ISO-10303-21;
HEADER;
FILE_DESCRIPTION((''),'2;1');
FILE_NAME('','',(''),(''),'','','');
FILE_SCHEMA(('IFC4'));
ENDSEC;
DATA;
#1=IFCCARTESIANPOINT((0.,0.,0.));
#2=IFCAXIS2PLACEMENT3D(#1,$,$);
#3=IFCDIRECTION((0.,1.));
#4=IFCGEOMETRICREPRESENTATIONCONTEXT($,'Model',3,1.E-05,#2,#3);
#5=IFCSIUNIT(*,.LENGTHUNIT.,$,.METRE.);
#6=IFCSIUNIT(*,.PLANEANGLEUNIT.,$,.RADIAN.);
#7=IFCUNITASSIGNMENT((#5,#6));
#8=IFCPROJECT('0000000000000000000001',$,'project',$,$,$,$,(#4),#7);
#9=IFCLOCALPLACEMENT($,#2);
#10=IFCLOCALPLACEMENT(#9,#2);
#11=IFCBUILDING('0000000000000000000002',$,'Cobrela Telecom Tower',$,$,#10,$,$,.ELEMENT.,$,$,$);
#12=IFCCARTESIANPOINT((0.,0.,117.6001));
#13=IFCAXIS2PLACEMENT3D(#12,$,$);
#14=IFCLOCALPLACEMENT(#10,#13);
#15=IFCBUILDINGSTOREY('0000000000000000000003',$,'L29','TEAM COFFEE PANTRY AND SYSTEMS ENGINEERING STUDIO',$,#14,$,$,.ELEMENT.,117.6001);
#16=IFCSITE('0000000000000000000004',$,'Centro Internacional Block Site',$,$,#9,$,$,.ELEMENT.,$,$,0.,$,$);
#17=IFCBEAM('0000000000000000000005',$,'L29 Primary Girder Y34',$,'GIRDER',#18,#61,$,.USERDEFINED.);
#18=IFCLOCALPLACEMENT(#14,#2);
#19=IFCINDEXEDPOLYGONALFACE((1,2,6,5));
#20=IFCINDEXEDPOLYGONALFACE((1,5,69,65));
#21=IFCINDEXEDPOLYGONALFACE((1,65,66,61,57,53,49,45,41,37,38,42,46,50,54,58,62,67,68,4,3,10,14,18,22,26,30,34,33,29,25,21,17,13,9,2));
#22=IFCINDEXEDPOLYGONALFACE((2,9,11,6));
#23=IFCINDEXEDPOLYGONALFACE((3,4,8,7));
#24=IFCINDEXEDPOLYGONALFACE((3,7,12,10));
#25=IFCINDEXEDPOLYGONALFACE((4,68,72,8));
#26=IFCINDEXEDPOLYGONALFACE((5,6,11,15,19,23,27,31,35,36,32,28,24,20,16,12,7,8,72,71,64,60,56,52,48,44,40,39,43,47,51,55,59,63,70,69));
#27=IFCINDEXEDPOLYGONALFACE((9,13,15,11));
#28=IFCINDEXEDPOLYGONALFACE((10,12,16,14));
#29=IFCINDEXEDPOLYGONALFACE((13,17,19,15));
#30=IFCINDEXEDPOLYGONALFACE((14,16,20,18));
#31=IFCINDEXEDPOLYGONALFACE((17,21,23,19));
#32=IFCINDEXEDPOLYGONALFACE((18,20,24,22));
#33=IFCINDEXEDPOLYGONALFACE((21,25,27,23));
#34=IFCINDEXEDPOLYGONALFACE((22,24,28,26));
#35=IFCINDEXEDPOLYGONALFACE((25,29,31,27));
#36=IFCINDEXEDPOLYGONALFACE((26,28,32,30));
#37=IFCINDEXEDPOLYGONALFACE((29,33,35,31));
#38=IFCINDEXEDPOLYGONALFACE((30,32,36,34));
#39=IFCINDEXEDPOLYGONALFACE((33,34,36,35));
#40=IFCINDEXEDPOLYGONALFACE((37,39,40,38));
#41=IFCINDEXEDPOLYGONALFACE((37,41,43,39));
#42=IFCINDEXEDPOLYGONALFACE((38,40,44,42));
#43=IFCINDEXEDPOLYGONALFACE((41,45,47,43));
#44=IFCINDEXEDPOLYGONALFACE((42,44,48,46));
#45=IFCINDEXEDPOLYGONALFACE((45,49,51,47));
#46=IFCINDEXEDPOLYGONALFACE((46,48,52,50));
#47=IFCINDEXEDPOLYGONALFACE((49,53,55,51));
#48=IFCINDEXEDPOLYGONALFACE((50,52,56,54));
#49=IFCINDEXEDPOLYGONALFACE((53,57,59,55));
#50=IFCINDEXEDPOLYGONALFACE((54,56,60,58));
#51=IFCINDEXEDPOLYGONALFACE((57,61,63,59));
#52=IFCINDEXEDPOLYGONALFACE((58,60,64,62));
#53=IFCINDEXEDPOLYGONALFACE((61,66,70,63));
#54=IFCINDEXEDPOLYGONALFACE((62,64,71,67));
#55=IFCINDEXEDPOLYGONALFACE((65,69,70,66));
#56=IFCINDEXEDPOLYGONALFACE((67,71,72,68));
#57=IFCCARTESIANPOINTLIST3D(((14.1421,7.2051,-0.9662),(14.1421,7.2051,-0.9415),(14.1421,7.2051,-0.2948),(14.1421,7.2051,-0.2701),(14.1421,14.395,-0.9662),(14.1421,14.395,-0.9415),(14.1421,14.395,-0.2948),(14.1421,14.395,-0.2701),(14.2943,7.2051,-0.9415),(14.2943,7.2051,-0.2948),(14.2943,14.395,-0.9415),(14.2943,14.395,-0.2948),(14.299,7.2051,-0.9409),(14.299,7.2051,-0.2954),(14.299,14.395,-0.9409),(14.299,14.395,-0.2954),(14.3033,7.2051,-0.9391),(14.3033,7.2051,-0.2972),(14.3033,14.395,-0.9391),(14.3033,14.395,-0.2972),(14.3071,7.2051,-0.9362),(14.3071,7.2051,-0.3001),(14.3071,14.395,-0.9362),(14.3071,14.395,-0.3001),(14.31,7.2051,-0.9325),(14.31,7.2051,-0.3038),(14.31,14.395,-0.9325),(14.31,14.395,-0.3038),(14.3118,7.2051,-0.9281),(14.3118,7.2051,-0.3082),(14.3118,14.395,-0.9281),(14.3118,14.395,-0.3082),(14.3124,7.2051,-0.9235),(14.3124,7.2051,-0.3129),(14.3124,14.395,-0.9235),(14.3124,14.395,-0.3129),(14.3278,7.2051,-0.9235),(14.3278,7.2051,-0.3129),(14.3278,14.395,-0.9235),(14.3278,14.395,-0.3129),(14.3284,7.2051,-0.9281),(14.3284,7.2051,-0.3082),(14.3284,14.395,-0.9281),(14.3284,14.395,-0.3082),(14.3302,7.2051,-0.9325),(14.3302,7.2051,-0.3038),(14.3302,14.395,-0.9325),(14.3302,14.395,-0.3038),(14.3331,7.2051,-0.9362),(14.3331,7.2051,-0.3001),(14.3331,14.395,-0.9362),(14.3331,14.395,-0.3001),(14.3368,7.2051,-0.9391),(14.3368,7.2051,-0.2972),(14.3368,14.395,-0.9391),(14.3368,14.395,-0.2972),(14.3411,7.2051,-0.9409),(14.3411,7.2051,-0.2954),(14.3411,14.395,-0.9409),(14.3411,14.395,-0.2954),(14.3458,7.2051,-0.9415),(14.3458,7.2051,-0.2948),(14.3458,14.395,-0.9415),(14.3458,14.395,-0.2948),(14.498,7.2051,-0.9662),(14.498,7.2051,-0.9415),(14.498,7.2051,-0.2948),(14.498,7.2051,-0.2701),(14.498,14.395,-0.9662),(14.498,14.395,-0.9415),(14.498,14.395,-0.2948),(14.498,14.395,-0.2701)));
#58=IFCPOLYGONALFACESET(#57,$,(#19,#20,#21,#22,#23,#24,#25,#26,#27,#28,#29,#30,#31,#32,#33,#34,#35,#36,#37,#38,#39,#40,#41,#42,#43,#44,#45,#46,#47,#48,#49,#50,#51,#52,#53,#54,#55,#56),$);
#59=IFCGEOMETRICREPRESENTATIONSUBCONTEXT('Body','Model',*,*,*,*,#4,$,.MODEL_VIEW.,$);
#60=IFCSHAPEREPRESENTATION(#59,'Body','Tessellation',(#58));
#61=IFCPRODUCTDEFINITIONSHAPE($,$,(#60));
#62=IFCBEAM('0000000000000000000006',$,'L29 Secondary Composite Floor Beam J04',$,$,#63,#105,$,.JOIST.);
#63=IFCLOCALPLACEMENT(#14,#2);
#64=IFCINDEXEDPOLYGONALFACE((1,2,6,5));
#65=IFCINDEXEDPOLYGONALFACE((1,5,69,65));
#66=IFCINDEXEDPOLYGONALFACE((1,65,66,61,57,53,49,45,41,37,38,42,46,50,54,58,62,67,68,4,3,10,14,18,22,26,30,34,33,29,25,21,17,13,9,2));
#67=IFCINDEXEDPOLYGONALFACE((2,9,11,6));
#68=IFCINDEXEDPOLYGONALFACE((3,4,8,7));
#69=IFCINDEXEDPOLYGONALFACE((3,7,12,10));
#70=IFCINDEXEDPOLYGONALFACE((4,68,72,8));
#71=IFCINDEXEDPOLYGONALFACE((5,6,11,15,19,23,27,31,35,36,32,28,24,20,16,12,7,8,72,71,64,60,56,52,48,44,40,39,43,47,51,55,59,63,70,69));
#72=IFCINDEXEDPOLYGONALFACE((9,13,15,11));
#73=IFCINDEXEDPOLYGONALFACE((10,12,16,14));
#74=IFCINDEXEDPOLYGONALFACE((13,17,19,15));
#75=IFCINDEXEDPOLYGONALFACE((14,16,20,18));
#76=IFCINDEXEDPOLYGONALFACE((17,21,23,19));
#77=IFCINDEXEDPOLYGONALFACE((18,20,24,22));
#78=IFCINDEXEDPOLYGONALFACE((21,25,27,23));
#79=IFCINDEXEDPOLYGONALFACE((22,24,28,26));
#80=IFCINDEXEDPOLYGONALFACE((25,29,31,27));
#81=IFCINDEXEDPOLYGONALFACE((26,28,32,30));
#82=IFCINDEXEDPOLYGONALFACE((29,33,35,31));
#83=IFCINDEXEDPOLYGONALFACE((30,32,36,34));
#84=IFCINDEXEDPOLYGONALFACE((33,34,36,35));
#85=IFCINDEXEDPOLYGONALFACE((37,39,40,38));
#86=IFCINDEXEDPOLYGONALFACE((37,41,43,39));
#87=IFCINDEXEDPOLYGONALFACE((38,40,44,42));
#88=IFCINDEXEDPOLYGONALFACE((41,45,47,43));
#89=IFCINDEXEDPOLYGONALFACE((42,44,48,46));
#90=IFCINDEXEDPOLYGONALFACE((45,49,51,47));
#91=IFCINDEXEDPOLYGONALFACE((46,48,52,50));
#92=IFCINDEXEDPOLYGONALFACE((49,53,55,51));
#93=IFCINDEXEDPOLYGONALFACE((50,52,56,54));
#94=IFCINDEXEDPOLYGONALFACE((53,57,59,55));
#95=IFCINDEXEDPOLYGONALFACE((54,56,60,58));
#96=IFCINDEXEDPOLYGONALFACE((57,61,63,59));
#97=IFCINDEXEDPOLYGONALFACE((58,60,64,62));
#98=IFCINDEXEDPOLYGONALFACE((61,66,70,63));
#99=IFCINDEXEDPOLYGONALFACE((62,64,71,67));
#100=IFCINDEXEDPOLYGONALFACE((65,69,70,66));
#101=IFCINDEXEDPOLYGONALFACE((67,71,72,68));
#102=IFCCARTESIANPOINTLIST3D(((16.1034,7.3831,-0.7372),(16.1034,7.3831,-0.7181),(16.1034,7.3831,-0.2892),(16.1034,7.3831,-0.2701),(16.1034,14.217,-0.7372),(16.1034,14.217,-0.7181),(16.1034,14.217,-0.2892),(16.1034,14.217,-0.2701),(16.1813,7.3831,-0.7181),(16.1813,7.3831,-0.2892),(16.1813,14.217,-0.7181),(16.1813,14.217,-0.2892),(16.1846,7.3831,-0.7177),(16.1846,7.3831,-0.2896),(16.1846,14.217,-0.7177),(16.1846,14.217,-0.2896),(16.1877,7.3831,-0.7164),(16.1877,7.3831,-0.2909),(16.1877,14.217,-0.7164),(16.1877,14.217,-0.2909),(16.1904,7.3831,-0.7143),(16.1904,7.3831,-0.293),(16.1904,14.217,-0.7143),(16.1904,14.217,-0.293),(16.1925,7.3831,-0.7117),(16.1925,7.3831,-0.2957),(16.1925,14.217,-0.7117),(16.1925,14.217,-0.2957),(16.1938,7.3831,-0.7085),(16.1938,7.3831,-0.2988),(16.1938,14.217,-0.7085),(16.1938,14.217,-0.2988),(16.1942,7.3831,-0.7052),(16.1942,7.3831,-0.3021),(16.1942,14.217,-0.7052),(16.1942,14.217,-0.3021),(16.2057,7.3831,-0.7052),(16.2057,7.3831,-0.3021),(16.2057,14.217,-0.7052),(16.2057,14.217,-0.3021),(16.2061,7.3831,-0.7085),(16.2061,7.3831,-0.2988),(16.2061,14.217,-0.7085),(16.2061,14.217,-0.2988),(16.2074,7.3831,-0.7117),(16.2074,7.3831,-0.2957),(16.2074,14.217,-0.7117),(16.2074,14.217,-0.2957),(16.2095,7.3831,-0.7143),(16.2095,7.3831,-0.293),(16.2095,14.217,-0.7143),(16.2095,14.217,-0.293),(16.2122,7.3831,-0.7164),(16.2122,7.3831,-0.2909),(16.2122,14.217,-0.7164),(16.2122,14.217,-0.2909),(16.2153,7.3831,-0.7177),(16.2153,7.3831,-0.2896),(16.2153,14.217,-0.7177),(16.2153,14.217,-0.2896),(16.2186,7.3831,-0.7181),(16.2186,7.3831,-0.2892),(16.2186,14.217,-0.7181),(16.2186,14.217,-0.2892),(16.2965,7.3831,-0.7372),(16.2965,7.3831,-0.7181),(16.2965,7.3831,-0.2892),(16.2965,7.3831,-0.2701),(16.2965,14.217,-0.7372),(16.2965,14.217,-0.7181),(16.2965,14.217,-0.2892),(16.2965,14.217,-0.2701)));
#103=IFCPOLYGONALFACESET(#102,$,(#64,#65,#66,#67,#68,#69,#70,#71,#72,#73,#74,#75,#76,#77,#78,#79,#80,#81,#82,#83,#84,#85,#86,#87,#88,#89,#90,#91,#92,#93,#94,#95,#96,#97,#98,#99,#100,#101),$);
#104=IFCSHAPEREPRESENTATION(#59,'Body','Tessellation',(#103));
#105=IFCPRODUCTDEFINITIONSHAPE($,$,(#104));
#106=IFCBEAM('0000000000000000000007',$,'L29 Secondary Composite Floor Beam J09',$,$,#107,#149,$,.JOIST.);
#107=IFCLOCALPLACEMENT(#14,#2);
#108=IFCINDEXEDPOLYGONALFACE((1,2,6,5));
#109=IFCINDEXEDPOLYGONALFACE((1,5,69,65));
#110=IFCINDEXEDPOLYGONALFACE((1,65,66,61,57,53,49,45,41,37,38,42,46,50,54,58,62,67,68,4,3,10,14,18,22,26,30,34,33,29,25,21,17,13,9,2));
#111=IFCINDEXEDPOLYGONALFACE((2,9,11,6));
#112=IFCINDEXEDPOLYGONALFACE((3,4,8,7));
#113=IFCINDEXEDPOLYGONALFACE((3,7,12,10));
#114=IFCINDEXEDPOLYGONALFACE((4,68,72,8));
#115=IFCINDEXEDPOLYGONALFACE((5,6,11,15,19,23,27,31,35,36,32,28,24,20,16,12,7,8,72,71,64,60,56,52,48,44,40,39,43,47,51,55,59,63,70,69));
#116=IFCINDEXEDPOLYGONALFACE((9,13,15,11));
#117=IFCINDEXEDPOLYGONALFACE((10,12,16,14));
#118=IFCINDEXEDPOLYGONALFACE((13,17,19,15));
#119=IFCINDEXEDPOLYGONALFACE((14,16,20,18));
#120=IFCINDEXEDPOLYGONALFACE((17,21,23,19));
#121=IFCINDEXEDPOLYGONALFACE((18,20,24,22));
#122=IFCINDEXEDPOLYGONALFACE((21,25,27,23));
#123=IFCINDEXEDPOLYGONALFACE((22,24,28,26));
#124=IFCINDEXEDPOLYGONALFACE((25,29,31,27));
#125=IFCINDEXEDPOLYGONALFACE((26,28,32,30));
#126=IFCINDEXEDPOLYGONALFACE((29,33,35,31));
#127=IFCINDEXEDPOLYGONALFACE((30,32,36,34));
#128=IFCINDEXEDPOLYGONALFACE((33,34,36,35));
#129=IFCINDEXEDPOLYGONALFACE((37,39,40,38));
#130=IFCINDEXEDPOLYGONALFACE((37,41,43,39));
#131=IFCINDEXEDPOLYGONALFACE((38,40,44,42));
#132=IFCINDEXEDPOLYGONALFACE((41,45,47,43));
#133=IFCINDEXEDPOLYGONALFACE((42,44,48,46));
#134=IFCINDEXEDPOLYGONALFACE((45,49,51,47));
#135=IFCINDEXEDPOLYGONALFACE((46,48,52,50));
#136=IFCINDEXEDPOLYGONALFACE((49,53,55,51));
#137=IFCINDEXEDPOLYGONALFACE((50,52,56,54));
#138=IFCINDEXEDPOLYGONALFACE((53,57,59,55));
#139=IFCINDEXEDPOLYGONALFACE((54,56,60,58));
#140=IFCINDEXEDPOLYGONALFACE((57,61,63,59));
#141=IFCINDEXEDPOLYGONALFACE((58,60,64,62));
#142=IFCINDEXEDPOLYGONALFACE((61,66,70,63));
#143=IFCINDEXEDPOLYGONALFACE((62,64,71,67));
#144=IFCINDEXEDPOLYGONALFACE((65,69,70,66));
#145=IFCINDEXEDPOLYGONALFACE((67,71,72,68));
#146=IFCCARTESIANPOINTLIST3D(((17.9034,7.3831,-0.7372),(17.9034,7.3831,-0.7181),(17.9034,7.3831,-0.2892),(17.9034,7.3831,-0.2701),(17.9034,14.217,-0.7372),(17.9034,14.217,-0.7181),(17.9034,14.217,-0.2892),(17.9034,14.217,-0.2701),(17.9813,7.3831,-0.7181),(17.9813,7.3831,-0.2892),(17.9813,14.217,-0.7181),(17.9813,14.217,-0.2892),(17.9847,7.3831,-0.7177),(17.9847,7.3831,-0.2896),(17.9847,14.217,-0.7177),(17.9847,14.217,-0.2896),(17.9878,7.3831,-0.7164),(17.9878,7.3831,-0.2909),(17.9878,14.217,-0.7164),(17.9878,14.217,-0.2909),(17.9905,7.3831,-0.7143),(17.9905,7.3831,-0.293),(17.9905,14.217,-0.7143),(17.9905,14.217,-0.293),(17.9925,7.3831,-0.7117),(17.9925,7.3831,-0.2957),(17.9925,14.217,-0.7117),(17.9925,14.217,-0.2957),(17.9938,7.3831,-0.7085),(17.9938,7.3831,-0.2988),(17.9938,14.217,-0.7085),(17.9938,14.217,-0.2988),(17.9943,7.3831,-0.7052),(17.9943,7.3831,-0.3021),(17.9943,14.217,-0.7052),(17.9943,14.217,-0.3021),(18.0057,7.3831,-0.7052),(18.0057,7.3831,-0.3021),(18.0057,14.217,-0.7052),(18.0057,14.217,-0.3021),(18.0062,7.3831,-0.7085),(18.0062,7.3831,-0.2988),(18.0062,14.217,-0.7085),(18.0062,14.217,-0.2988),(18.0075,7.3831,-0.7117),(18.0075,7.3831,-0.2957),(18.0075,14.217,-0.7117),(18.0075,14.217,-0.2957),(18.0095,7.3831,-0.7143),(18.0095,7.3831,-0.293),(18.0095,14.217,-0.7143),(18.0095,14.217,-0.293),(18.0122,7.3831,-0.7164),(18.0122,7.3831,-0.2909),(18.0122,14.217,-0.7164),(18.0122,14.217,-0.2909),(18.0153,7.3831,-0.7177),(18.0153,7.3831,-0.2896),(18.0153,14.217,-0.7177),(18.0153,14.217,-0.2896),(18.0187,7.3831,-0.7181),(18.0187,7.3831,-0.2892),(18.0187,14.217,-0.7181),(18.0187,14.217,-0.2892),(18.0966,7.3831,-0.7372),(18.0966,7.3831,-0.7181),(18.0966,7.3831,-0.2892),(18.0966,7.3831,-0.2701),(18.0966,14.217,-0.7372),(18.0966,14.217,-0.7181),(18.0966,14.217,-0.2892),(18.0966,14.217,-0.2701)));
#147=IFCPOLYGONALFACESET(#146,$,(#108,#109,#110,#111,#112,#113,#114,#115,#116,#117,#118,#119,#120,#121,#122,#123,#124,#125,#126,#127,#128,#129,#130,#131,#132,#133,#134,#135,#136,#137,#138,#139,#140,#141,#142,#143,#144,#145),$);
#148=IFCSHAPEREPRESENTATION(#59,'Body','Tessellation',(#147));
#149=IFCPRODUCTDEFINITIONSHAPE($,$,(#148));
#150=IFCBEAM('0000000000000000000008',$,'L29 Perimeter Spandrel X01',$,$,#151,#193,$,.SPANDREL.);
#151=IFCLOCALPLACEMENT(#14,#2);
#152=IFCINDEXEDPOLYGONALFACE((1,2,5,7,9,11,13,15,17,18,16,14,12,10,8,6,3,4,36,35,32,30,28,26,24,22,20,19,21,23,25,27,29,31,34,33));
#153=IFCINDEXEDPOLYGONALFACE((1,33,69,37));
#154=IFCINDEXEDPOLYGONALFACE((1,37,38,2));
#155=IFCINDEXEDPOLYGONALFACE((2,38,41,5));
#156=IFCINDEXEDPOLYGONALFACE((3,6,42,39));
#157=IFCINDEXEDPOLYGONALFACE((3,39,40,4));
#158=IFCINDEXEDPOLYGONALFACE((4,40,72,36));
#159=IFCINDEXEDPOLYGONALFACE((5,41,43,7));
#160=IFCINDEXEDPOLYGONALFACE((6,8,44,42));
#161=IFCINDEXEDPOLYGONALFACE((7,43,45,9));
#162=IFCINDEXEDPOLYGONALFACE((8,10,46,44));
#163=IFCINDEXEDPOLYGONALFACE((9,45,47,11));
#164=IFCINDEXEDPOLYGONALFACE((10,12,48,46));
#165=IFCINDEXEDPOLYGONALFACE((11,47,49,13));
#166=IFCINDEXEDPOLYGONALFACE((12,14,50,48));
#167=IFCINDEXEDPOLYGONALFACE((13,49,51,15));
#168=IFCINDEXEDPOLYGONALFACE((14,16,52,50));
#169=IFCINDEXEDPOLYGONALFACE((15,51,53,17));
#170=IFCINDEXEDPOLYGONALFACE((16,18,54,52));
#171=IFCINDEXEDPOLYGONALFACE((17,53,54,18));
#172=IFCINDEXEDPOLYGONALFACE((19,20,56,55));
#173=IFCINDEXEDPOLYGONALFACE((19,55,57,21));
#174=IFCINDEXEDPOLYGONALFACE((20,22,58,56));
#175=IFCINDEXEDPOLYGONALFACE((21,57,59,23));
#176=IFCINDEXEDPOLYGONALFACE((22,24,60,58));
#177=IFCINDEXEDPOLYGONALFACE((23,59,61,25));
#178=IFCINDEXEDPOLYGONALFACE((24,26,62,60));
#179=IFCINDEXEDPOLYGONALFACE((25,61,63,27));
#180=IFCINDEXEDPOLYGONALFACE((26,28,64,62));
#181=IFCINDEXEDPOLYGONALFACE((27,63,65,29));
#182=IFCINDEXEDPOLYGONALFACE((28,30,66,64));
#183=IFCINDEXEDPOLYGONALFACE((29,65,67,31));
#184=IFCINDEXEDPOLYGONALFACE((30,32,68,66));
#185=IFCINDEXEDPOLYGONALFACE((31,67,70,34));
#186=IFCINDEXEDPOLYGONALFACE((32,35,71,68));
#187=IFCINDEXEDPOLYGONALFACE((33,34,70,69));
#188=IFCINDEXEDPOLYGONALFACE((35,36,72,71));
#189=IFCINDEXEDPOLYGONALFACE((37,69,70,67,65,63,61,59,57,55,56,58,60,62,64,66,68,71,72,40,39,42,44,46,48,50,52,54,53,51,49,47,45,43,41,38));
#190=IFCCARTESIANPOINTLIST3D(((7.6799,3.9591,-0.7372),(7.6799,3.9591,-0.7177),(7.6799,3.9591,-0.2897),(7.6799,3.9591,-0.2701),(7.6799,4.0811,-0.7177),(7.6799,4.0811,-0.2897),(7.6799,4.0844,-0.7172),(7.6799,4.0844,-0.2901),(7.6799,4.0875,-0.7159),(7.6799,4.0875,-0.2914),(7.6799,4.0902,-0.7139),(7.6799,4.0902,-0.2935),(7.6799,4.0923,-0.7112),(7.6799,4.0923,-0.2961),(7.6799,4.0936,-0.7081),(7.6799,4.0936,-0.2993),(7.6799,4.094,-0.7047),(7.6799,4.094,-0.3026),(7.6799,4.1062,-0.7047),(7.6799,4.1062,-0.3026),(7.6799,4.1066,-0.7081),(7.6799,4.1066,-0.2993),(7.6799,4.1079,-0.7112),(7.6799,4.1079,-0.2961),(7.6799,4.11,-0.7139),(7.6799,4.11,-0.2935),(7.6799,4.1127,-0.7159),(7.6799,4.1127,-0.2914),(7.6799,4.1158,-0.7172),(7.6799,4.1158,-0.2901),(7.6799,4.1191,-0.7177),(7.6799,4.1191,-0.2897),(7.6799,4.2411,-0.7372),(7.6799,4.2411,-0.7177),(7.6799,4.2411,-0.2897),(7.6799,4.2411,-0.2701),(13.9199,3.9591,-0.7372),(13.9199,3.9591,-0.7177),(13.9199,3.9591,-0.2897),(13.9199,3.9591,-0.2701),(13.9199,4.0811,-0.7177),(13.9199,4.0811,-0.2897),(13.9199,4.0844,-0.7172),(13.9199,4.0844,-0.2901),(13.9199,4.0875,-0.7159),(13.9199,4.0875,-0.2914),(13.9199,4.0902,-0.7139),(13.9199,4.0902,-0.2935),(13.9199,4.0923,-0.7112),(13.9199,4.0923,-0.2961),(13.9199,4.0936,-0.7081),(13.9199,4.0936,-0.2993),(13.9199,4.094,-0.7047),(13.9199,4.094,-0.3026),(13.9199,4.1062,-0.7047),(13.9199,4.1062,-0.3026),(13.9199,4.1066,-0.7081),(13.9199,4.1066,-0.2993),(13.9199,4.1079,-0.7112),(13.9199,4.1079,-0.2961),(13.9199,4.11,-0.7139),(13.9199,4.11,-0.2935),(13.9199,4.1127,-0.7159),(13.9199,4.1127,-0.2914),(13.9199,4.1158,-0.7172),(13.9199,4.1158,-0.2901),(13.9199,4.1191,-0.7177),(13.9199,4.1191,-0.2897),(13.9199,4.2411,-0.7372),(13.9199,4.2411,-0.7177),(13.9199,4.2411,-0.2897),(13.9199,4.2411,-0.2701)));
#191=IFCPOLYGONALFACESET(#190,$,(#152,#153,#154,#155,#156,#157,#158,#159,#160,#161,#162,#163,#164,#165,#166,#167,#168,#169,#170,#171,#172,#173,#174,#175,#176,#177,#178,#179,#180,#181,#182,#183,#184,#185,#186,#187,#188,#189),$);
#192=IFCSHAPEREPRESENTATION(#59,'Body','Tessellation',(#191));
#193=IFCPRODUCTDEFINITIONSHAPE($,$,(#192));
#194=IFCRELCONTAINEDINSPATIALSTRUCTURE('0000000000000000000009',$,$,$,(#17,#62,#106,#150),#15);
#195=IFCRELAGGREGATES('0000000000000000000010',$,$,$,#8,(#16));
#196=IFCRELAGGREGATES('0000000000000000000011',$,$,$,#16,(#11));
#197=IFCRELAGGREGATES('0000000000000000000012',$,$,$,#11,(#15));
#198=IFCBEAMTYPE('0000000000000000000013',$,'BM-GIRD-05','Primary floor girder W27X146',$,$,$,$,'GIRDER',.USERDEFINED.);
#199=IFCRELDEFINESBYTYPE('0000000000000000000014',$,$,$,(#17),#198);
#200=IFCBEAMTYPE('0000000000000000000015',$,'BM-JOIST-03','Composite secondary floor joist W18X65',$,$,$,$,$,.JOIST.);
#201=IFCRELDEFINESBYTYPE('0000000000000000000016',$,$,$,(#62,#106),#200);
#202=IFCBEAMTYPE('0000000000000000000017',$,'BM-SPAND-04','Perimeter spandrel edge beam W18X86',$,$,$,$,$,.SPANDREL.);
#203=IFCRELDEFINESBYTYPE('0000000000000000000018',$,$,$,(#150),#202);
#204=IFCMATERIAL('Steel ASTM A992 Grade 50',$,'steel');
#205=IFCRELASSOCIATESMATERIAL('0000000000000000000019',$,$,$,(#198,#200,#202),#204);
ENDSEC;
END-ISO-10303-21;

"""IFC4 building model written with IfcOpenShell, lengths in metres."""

from ifc_helpers import new_model, si_unit, direction, frame, origin, origin_2d, place, context, subcontext, project, spatial, i_section, extrude, material, material_profile, profile_set, type_object, element, save


model = new_model("IFC4")

# Units and contexts
model_context = context("Model", 3, precision=1e-05, world=origin(), true_north=direction((0.0, 1.0)))
body_context = subcontext(model_context, "Body", "Model", "MODEL_VIEW")
ifc_project = project(units=[si_unit("LENGTHUNIT", "METRE"), si_unit("PLANEANGLEUNIT", "RADIAN")], contexts=[model_context])

# Site, building, storey
site_placement = place(None, origin())
site = spatial("IfcSite", under=ifc_project, at=site_placement, Name="Centro Internacional Block Site", CompositionType="ELEMENT", RefElevation=0.0)
building_placement = place(site_placement, origin())
building = spatial("IfcBuilding", under=site, at=building_placement, Name="Cobrela Telecom Tower", CompositionType="ELEMENT")
storey_placement = place(building_placement, frame((0.0, 0.0, 117.6001)))
storey = spatial("IfcBuildingStorey", under=building, at=storey_placement, Name="L29", Description="TEAM COFFEE PANTRY AND SYSTEMS ENGINEERING STUDIO", CompositionType="ELEMENT", Elevation=117.6001)

# Beams
ifc_material_1 = material(Name="Steel ASTM A992 Grade 50", Category="steel")
ifc_material_profile_1 = material_profile(ifc_material_1, i_section(OverallWidth=0.356, OverallDepth=0.696, WebThickness=0.0154, FlangeThickness=0.0247, FilletRadius=0.0181, at=origin_2d()), Name="W27X146")
ifc_profile_set_1 = profile_set([ifc_material_profile_1], Name="Steel ASTM A992 Grade 50")
beam_type_1 = type_object("IfcBeamType", Name="BM-GIRD-05", Description="Primary floor girder W27X146", ElementType="GIRDER", PredefinedType="USERDEFINED", material=ifc_profile_set_1)
beam_1_placement = place(storey_placement, frame((14.3201, 7.2051, -0.6182), z_axis=(0.0, 1.0, 0.0), x_axis=(-1.0, 0.0, 0.0)))
element("IfcBeam", 1, at=beam_1_placement, inside=storey, type_object=beam_type_1, Name="L29 Primary Girder Y34", ObjectType="GIRDER", PredefinedType="USERDEFINED", context=body_context, shape_type="SweptSolid", body=[
    extrude(i_section(OverallWidth=0.356, OverallDepth=0.696, WebThickness=0.0154, FlangeThickness=0.0247, FilletRadius=0.0181, at=origin_2d()), origin(), (0.0, 0.0, 1.0), 7.1899),
])
ifc_material_profile_2 = material_profile(ifc_material_1, i_section(OverallWidth=0.1931, OverallDepth=0.467, WebThickness=0.0115, FlangeThickness=0.019, FilletRadius=0.0129, at=origin_2d()), Name="W18X65")
ifc_profile_set_2 = profile_set([ifc_material_profile_2], Name="Steel ASTM A992 Grade 50")
beam_type_2 = type_object("IfcBeamType", Name="BM-JOIST-03", Description="Composite secondary floor joist W18X65", PredefinedType="JOIST", material=ifc_profile_set_2)
for number, where, z_axis, x_axis, name in (
    (2, (16.2, 7.3831, -0.5037), (0.0, 1.0, 0.0), (-1.0, 0.0, 0.0), "L29 Secondary Composite Floor Beam J04"),
    (3, (18.0, 7.3831, -0.5037), (0.0, 1.0, 0.0), (-1.0, 0.0, 0.0), "L29 Secondary Composite Floor Beam J09"),
):
    element("IfcBeam", number, at=place(storey_placement, frame(where, z_axis=z_axis, x_axis=x_axis)), inside=storey, type_object=beam_type_2, Name=name, PredefinedType="JOIST", context=body_context, shape_type="SweptSolid", body=[
        extrude(i_section(OverallWidth=0.1931, OverallDepth=0.467, WebThickness=0.0115, FlangeThickness=0.019, FilletRadius=0.0129, at=origin_2d()), origin(), (0.0, 0.0, 1.0), 6.834),
    ])
ifc_material_profile_3 = material_profile(ifc_material_1, i_section(OverallWidth=0.282, OverallDepth=0.467, WebThickness=0.0122, FlangeThickness=0.0195, FilletRadius=0.0129, at=origin_2d()), Name="W18X86")
ifc_profile_set_3 = profile_set([ifc_material_profile_3], Name="Steel ASTM A992 Grade 50")
beam_type_3 = type_object("IfcBeamType", Name="BM-SPAND-04", Description="Perimeter spandrel edge beam W18X86", PredefinedType="SPANDREL", material=ifc_profile_set_3)
beam_2_placement = place(storey_placement, frame((7.6799, 4.1001, -0.5037), z_axis=(1.0, 0.0, 0.0), x_axis=(0.0, 1.0, 0.0)))
element("IfcBeam", 4, at=beam_2_placement, inside=storey, type_object=beam_type_3, Name="L29 Perimeter Spandrel X01", PredefinedType="SPANDREL", context=body_context, shape_type="SweptSolid", body=[
    extrude(i_section(OverallWidth=0.282, OverallDepth=0.467, WebThickness=0.0122, FlangeThickness=0.0195, FilletRadius=0.0129, at=origin_2d()), origin(), (0.0, 0.0, 1.0), 6.24),
])

save(model, "model.ifc")
